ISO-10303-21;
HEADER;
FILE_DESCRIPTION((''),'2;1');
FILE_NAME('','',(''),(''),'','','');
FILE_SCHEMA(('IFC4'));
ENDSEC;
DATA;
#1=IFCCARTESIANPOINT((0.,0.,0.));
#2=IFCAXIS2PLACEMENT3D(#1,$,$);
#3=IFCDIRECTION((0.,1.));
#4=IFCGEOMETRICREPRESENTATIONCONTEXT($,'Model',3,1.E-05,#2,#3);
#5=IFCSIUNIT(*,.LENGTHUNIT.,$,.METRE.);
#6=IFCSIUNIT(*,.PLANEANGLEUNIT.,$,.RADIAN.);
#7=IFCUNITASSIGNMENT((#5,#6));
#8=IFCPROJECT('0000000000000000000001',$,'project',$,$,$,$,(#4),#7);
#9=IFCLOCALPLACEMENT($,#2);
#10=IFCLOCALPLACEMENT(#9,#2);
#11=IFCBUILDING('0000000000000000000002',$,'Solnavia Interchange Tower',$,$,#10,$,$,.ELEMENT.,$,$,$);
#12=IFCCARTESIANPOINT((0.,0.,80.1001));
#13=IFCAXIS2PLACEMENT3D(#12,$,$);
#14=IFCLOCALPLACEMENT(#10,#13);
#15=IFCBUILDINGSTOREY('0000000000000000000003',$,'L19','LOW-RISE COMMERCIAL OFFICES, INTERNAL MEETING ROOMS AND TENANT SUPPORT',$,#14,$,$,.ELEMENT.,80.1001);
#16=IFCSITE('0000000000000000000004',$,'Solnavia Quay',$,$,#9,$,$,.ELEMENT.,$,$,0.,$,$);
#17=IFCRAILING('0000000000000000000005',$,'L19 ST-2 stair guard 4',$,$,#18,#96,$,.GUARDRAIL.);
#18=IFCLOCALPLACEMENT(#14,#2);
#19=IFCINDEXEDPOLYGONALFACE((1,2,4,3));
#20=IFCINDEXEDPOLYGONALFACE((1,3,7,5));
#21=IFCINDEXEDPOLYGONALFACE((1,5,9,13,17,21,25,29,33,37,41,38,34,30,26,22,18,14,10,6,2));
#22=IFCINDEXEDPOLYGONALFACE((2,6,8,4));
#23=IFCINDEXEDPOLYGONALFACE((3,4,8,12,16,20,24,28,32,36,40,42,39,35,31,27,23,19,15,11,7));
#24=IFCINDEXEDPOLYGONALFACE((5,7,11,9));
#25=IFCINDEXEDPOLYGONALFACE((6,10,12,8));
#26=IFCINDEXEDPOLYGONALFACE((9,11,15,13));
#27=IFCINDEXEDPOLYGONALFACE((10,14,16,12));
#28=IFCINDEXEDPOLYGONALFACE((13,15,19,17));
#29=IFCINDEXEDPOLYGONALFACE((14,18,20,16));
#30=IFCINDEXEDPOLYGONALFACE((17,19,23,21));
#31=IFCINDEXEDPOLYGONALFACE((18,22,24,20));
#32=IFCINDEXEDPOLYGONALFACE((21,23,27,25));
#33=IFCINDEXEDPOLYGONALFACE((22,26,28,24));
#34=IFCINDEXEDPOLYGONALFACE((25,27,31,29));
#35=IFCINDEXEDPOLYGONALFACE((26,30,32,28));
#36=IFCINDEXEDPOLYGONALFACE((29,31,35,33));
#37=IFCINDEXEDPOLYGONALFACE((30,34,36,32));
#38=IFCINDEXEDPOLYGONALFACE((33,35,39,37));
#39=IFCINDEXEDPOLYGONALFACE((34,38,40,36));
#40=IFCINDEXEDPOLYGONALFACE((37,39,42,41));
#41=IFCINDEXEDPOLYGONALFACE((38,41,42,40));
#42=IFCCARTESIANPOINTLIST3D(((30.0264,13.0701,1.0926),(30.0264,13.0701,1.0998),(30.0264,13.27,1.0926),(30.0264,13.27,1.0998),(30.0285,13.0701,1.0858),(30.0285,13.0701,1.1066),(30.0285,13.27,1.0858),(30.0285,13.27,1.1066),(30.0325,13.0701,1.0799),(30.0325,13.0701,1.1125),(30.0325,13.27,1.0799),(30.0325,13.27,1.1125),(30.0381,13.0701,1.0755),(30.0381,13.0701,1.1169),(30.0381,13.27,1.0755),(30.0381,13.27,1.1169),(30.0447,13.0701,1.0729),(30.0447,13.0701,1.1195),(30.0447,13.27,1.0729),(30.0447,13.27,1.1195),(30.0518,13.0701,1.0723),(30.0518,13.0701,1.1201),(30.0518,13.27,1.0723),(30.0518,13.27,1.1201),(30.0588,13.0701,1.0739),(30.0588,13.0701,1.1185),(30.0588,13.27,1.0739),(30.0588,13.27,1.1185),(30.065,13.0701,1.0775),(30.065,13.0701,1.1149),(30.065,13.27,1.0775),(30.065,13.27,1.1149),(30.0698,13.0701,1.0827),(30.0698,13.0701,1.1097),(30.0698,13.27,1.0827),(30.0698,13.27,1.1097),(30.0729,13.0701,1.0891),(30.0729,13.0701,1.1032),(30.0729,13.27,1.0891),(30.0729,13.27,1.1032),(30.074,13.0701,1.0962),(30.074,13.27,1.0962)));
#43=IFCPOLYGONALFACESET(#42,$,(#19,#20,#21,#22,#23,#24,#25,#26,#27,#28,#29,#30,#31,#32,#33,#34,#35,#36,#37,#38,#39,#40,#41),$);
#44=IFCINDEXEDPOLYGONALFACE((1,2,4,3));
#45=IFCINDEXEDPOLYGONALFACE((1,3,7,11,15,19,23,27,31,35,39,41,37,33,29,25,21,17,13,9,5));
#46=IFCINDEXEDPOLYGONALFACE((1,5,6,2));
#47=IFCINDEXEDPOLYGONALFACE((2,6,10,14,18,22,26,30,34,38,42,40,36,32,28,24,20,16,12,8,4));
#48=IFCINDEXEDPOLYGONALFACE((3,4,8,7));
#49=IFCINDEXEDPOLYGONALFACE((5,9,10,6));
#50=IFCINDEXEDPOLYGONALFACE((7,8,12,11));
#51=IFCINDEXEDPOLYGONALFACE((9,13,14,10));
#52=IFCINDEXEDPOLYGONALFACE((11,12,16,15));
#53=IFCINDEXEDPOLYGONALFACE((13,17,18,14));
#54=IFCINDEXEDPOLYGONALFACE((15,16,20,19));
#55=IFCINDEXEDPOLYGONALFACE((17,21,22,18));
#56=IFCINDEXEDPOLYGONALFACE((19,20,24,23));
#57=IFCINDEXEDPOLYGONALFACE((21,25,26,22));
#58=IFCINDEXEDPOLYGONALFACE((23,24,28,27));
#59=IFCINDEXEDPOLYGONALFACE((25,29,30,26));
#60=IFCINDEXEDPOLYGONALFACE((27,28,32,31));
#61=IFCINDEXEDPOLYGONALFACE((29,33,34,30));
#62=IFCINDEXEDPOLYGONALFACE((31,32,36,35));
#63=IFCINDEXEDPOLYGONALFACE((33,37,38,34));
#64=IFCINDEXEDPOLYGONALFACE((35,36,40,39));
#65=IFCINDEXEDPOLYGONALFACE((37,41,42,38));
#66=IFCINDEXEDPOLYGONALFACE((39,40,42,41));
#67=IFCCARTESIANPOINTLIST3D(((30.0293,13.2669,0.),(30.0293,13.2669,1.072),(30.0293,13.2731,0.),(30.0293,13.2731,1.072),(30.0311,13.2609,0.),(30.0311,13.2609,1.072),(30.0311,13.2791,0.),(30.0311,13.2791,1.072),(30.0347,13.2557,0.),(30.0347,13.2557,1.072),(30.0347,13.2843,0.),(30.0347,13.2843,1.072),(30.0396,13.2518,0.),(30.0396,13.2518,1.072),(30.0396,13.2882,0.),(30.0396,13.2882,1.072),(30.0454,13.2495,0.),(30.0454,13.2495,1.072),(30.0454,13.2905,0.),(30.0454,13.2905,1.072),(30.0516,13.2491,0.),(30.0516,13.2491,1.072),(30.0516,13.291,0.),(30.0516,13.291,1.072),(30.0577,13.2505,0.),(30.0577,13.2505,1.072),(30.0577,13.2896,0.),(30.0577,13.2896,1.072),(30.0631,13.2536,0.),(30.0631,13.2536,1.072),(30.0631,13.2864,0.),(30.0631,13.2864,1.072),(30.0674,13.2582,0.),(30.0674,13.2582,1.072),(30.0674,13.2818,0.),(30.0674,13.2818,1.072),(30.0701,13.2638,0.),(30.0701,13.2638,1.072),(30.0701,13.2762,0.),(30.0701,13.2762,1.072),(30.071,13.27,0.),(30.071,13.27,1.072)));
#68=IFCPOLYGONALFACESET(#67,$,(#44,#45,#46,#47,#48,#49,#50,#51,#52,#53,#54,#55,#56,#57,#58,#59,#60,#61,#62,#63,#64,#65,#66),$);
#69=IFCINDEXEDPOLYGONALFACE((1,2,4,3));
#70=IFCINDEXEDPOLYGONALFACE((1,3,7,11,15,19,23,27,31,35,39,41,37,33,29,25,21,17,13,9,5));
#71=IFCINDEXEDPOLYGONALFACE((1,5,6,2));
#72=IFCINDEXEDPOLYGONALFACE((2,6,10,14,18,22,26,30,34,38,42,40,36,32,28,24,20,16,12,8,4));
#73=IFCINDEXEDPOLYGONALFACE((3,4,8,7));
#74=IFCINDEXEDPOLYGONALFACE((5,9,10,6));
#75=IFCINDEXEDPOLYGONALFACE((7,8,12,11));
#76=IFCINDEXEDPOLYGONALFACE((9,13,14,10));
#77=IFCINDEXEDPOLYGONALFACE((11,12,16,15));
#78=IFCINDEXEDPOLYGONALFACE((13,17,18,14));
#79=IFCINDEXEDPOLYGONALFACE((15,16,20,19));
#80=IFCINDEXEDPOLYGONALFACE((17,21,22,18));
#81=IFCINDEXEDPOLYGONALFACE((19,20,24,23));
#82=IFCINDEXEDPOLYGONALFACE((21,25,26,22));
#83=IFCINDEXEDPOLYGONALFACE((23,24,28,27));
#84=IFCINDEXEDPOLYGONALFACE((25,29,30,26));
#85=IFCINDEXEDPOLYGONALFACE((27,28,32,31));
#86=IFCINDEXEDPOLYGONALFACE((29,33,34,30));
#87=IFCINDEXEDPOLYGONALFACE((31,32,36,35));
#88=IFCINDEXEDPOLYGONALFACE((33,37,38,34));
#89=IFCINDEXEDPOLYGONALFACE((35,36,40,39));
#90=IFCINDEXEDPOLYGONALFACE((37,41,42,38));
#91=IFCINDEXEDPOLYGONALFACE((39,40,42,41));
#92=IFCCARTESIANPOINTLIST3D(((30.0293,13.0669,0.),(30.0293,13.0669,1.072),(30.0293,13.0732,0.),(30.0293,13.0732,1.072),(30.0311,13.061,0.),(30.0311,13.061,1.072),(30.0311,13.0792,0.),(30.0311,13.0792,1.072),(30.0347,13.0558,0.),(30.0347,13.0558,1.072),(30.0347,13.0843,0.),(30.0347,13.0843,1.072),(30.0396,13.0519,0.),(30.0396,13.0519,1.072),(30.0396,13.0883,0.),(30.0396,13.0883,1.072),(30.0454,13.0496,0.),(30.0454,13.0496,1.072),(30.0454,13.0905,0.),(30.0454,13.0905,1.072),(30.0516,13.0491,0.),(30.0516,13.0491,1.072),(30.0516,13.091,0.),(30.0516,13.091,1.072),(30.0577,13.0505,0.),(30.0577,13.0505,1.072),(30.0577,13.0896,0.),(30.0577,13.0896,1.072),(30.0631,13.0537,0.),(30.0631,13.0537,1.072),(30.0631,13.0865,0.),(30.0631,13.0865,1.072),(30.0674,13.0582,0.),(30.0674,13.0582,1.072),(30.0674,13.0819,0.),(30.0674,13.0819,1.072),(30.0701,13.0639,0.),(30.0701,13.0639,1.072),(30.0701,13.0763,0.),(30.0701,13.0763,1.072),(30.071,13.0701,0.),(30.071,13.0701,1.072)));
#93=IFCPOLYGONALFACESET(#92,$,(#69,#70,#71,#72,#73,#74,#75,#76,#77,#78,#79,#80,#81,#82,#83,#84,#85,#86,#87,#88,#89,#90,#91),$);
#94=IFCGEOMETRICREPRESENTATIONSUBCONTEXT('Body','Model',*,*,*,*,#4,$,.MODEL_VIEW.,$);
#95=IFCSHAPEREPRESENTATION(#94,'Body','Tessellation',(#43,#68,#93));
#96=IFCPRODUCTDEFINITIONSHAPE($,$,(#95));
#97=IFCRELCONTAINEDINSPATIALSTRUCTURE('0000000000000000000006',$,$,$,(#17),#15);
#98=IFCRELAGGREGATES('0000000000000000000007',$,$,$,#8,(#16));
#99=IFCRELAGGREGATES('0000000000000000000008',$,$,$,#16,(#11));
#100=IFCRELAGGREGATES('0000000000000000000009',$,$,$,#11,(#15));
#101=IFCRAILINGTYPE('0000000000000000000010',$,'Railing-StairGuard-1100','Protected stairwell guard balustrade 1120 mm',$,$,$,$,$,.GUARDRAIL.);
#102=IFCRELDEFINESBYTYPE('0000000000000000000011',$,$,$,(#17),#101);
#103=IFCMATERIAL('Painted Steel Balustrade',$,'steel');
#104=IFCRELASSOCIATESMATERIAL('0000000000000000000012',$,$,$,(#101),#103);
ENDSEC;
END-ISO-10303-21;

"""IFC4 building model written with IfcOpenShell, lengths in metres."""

from ifc_helpers import new_model, si_unit, direction, frame, origin, origin_2d, place, context, subcontext, project, spatial, circle, extrude, material, type_object, element, save


model = new_model("IFC4")

# Units and contexts
model_context = context("Model", 3, precision=1e-05, world=origin(), true_north=direction((0.0, 1.0)))
body_context = subcontext(model_context, "Body", "Model", "MODEL_VIEW")
ifc_project = project(units=[si_unit("LENGTHUNIT", "METRE"), si_unit("PLANEANGLEUNIT", "RADIAN")], contexts=[model_context])

# Site, building, storey
site_placement = place(None, origin())
site = spatial("IfcSite", under=ifc_project, at=site_placement, Name="Solnavia Quay", CompositionType="ELEMENT", RefElevation=0.0)
building_placement = place(site_placement, origin())
building = spatial("IfcBuilding", under=site, at=building_placement, Name="Solnavia Interchange Tower", CompositionType="ELEMENT")
storey_placement = place(building_placement, frame((0.0, 0.0, 80.1001)))
storey = spatial("IfcBuildingStorey", under=building, at=storey_placement, Name="L19", Description="LOW-RISE COMMERCIAL OFFICES, INTERNAL MEETING ROOMS AND TENANT SUPPORT", CompositionType="ELEMENT", Elevation=80.1001)

# Railing
ifc_material_1 = material(Name="Painted Steel Balustrade", Category="steel")
railing_type_1 = type_object("IfcRailingType", Name="Railing-StairGuard-1100", Description="Protected stairwell guard balustrade 1120 mm", PredefinedType="GUARDRAIL", material=ifc_material_1)
railing_1_placement = place(storey_placement, frame((30.05, 13.27, 0.0)))
element("IfcRailing", 1, at=railing_1_placement, inside=storey, type_object=railing_type_1, Name="L19 ST-2 stair guard 4", PredefinedType="GUARDRAIL", context=body_context, shape_type="SweptSolid", body=[
    extrude(circle(Radius=0.0239, at=origin_2d()), frame((0.0, 0.0, 1.0962), z_axis=(0.0, -1.0, 0.0), x_axis=(1.0, 0.0, 0.0)), (0.0, 0.0, 1.0), 0.2),
    extrude(circle(Radius=0.021, at=origin_2d()), origin(), (0.0, 0.0, 1.0), 1.072),
    extrude(circle(Radius=0.021, at=origin_2d()), frame((0.0, -0.2, 0.0)), (0.0, 0.0, 1.0), 1.072),
])

save(model, "model.ifc")
